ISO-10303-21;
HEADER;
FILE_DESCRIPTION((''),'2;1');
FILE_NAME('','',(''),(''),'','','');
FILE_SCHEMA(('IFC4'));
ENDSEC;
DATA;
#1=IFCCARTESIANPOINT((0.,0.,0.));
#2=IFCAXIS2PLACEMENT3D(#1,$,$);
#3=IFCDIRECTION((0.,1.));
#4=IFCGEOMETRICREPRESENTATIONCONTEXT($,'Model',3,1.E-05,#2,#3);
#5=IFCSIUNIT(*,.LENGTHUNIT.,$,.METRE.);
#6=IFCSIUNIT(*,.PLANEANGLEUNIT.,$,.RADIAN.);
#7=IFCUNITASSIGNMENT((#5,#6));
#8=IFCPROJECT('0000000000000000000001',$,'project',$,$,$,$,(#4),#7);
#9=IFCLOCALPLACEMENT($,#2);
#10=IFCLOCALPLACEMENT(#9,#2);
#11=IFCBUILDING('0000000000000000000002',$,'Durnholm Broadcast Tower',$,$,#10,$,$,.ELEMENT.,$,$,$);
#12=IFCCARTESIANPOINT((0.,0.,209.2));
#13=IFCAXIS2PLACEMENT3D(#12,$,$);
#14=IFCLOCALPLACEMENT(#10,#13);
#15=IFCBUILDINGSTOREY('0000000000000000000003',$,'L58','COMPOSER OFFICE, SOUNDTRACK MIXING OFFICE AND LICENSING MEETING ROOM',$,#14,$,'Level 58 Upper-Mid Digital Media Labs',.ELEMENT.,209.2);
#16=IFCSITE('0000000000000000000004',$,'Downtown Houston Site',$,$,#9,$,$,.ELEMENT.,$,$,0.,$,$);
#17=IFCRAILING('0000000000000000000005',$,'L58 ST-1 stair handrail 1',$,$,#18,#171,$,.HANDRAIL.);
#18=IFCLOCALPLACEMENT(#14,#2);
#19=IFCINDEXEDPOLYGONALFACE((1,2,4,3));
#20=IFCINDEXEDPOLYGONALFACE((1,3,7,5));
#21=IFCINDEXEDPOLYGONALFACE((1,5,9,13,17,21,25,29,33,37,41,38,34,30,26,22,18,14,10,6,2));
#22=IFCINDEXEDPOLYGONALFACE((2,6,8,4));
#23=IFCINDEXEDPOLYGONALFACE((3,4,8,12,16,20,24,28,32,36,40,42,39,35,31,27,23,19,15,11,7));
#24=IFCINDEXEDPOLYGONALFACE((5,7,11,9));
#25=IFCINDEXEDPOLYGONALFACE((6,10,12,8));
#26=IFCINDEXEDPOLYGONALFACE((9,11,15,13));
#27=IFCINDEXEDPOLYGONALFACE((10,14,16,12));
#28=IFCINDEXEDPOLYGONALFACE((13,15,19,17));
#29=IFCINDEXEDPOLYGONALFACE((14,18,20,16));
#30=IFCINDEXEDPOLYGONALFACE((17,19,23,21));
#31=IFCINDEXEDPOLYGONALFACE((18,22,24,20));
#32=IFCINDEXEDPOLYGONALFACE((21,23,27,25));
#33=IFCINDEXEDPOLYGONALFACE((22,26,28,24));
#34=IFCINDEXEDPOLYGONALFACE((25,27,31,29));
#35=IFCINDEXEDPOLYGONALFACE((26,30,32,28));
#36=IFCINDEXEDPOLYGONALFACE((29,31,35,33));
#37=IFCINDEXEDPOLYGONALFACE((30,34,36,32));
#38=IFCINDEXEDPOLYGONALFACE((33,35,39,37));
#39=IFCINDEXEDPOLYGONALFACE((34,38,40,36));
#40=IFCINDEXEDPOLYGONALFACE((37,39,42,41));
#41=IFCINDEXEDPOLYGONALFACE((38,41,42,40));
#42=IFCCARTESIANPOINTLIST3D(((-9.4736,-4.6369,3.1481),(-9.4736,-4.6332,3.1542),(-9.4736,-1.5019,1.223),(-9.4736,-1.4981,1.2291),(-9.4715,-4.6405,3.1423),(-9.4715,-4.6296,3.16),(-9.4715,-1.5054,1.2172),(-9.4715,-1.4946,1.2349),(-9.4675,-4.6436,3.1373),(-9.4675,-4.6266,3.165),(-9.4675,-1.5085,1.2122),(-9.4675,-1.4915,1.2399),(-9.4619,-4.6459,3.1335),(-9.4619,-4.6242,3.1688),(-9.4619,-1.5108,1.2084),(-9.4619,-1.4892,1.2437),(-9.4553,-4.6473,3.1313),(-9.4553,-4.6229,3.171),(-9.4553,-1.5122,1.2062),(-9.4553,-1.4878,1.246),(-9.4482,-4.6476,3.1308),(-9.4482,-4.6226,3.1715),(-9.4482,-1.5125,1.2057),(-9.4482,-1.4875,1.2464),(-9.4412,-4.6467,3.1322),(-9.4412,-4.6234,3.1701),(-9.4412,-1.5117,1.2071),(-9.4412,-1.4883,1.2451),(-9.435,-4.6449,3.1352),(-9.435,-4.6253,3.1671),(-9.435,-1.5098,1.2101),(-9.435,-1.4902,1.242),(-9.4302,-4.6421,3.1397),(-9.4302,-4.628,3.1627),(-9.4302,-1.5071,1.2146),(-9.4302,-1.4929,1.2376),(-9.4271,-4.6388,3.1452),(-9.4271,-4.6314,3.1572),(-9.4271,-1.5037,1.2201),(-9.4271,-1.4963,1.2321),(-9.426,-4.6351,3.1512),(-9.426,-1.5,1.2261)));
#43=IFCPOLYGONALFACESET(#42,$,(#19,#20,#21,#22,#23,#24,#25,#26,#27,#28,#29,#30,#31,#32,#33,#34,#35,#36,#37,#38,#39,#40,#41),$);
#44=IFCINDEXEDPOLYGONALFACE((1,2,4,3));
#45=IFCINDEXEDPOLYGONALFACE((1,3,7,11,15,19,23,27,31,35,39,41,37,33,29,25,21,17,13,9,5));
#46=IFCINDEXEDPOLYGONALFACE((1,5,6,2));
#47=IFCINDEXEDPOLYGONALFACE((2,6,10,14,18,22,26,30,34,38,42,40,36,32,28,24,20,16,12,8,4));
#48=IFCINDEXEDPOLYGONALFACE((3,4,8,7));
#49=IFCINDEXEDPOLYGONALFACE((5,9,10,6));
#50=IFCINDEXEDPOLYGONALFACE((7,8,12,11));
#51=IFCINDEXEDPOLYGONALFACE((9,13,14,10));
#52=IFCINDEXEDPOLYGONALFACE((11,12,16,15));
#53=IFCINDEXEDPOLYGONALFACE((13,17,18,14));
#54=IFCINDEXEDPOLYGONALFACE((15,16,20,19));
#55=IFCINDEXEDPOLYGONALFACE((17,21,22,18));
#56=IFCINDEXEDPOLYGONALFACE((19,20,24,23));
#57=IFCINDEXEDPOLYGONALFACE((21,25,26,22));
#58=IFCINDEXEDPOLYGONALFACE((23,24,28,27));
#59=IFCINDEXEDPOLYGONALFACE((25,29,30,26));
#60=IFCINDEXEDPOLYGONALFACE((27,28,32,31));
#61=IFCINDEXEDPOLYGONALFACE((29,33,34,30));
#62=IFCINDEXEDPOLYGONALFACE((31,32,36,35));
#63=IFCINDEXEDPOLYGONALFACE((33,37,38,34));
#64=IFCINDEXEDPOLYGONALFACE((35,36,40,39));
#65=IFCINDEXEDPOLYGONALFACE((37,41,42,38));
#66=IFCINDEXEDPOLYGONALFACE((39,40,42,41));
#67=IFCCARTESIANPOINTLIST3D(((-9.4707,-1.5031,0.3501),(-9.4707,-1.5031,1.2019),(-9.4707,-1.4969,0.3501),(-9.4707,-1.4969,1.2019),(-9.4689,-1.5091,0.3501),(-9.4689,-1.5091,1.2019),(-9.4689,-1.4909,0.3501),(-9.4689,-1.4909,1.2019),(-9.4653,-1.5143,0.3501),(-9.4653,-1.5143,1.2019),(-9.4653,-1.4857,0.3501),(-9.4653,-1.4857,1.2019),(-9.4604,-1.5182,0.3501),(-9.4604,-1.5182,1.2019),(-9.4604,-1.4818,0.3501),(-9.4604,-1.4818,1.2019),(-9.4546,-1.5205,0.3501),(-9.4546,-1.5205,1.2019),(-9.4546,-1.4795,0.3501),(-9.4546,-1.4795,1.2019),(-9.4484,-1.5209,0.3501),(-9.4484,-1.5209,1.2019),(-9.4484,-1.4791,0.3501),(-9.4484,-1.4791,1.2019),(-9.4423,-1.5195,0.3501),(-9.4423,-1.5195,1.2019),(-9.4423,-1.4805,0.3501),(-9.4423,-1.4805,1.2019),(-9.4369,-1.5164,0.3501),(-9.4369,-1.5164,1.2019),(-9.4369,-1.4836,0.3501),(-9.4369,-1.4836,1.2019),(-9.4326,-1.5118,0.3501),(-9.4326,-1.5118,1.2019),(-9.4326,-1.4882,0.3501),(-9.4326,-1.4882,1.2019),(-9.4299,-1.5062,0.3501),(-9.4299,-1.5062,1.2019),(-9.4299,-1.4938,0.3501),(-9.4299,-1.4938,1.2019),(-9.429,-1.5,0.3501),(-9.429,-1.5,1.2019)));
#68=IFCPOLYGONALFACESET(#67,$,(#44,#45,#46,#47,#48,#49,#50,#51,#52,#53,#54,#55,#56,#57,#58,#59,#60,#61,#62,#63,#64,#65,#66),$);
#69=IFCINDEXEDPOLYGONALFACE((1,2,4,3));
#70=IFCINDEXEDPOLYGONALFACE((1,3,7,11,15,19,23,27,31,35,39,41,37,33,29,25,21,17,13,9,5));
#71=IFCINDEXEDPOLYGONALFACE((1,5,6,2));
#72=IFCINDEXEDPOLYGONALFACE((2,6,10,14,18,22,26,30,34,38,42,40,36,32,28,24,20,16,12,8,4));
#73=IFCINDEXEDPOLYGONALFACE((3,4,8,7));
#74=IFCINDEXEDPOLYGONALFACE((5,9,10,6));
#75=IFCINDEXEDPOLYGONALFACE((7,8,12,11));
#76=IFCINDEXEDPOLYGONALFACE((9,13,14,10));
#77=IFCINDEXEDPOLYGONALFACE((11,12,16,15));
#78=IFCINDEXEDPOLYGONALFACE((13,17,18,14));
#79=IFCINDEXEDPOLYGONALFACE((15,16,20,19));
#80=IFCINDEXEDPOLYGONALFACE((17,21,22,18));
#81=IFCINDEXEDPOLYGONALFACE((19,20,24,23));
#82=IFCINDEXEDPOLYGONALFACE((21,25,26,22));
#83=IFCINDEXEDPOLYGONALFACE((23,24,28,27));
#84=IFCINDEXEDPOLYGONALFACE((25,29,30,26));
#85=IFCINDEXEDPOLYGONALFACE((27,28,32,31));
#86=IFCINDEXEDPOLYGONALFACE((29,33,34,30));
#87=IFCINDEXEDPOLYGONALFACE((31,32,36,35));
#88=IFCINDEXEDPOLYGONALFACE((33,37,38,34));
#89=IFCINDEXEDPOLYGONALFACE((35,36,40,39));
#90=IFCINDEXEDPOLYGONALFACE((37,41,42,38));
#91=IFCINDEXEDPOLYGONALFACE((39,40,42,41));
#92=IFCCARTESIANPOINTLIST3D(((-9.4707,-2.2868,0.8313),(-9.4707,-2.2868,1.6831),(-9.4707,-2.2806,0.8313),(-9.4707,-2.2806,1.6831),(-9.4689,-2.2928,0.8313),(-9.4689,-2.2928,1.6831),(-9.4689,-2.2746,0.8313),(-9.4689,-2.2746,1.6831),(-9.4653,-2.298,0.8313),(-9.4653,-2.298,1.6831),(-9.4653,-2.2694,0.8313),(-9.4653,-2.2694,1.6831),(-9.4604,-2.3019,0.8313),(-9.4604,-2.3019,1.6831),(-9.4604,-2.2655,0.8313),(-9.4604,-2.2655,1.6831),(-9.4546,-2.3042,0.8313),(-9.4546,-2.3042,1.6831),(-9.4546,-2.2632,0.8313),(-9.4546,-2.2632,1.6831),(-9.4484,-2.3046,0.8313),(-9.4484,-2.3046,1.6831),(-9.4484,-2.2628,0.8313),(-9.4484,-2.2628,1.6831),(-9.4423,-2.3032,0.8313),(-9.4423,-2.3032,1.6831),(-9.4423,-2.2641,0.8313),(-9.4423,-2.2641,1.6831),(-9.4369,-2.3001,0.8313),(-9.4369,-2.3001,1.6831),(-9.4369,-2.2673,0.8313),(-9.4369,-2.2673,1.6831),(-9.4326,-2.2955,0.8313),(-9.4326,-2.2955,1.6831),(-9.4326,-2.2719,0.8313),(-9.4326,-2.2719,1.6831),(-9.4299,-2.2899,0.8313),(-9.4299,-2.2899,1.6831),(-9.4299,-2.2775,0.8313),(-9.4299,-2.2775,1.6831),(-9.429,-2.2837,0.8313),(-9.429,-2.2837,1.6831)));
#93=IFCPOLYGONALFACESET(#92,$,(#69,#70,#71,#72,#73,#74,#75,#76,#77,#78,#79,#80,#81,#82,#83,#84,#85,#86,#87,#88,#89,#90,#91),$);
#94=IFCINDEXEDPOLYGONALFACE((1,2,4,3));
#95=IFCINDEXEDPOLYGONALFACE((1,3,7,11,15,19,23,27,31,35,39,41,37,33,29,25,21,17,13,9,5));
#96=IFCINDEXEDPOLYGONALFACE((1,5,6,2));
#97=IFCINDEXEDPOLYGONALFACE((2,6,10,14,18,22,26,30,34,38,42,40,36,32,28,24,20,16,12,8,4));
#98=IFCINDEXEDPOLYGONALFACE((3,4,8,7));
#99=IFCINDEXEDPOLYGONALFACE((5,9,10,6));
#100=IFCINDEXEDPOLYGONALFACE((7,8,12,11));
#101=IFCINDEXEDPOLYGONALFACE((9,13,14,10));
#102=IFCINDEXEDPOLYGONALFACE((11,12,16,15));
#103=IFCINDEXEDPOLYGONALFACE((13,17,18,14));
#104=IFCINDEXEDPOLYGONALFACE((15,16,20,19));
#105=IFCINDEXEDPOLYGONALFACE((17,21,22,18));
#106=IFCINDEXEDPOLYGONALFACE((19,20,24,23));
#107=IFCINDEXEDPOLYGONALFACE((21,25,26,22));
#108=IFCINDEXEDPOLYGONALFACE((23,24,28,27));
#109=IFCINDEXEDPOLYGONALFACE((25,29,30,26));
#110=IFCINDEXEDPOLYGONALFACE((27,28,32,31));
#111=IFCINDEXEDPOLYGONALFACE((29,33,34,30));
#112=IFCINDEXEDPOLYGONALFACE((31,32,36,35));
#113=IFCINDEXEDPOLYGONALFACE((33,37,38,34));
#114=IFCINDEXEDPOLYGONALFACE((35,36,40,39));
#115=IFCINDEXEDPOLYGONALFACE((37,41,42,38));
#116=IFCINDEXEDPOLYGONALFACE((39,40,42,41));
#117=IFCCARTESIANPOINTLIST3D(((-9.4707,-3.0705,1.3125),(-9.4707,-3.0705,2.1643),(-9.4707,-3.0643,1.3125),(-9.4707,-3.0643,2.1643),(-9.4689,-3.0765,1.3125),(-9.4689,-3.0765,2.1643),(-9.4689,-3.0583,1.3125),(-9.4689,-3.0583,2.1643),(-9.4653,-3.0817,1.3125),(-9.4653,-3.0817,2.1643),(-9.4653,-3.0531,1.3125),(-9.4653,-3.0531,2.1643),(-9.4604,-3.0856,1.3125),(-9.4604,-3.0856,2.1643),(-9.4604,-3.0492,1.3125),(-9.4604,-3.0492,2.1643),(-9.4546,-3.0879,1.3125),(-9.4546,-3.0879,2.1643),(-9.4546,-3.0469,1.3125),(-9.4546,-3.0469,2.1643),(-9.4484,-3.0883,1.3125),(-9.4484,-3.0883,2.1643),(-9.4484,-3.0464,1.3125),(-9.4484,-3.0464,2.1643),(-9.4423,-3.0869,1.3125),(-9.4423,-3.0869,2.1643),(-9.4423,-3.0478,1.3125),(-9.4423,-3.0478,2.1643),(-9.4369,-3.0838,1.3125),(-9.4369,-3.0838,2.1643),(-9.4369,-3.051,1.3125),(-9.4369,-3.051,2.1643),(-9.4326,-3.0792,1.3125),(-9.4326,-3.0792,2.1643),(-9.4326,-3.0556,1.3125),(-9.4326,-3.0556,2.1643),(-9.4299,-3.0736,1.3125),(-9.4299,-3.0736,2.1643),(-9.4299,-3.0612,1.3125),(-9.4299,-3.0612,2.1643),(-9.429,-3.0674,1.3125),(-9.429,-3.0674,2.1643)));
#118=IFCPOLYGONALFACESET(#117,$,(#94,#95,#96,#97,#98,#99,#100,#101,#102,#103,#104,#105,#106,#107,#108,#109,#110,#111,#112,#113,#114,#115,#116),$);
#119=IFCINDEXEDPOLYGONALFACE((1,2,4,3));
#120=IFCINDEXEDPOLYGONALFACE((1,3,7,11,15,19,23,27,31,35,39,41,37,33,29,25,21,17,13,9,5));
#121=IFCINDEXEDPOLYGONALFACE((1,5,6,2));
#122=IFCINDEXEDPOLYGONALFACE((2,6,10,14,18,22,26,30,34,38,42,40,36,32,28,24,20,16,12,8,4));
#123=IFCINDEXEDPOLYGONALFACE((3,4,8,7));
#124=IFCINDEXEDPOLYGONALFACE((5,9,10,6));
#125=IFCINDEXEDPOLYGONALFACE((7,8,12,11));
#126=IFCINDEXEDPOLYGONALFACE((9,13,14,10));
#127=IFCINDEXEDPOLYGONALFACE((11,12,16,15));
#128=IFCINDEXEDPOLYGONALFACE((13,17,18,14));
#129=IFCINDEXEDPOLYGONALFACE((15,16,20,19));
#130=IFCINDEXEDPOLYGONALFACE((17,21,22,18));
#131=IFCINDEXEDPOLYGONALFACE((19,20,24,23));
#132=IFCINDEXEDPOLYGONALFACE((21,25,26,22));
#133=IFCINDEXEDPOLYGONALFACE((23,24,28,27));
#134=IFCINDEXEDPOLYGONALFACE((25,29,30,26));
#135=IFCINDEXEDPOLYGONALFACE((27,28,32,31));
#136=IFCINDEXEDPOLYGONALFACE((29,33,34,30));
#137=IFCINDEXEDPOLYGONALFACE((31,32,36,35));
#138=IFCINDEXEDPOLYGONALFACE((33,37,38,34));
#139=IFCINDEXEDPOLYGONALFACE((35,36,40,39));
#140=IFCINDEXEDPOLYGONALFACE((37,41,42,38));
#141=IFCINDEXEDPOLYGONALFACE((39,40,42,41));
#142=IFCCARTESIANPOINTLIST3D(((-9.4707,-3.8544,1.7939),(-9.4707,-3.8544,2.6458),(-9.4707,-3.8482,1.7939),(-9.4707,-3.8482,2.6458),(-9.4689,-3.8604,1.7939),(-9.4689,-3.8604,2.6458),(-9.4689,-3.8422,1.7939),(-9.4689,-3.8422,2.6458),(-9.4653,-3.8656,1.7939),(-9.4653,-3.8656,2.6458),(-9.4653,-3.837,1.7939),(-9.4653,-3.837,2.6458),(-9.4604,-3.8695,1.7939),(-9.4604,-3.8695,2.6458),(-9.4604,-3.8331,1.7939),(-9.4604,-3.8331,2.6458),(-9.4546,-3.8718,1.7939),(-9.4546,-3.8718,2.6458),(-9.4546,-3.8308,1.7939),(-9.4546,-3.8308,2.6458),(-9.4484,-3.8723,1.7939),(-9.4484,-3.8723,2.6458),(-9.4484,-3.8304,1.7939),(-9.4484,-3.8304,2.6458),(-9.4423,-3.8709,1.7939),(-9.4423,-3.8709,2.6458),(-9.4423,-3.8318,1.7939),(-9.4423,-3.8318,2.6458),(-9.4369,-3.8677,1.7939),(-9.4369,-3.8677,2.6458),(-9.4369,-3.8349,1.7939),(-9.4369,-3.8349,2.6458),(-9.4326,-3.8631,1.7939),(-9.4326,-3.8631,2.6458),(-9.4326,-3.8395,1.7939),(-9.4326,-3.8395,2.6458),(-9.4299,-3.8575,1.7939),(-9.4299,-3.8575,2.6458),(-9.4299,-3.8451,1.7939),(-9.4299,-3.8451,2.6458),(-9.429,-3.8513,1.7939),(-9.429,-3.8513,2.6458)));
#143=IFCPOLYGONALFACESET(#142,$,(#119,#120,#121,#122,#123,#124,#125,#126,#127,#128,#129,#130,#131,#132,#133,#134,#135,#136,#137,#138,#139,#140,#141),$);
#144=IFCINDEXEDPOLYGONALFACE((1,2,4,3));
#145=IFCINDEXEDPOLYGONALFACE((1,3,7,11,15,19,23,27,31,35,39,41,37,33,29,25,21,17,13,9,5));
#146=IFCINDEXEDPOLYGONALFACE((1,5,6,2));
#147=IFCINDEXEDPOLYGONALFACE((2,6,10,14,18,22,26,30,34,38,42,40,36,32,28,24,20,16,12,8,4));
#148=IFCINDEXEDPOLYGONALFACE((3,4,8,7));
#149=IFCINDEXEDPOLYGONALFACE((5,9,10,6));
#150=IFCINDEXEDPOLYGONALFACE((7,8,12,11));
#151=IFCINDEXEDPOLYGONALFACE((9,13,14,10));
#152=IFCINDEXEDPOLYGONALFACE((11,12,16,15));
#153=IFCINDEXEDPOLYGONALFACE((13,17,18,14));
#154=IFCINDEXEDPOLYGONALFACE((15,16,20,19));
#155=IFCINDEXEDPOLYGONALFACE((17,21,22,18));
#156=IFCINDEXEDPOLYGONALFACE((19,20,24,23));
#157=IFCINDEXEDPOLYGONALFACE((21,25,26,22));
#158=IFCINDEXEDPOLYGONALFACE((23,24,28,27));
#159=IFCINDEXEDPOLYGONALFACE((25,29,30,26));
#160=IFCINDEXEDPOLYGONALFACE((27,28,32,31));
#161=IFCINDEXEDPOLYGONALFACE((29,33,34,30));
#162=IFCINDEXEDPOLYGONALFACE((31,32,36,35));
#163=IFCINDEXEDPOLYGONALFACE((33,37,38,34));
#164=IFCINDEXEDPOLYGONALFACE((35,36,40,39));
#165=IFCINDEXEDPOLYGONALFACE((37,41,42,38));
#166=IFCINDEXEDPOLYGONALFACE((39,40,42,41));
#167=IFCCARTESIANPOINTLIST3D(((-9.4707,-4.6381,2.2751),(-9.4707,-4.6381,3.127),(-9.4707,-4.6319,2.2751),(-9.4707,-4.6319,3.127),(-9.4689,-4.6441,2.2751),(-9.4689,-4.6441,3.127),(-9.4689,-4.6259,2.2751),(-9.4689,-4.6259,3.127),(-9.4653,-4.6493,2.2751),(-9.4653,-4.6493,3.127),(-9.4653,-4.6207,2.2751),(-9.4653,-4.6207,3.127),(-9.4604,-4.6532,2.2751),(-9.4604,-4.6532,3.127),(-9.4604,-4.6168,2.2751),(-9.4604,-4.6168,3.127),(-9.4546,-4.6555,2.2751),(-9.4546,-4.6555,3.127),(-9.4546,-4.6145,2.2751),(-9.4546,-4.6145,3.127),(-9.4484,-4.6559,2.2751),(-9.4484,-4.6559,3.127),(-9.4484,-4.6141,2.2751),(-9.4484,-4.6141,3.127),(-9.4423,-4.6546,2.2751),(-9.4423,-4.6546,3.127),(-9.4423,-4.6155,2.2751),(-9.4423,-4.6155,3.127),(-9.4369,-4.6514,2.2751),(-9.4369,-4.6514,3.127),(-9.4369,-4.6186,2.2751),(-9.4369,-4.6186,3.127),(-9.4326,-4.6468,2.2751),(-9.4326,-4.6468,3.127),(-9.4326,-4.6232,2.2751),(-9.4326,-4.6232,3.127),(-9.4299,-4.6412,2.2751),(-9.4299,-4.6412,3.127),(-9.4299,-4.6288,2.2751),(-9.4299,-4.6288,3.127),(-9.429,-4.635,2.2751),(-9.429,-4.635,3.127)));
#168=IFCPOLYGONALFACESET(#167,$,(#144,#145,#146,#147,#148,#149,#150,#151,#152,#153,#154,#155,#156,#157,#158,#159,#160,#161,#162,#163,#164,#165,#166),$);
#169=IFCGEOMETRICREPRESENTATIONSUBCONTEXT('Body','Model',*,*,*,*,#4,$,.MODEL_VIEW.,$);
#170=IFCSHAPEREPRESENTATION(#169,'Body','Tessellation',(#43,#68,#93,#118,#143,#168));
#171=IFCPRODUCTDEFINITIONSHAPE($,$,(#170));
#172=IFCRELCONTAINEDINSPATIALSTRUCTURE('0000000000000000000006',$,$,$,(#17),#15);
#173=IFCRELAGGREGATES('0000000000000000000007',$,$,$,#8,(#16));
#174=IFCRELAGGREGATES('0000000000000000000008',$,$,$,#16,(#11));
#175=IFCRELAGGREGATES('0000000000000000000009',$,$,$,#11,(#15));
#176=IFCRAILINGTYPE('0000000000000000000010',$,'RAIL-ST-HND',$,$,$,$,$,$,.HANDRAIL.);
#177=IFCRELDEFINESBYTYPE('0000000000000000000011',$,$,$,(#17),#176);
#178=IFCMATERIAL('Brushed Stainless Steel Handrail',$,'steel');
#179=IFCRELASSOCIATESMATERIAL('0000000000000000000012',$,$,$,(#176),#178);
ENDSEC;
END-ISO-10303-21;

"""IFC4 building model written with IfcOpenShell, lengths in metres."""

from ifc_helpers import new_model, si_unit, direction, frame, origin, origin_2d, place, context, subcontext, project, spatial, circle, extrude, material, type_object, element, save


model = new_model("IFC4")

# Units and contexts
model_context = context("Model", 3, precision=1e-05, world=origin(), true_north=direction((0.0, 1.0)))
body_context = subcontext(model_context, "Body", "Model", "MODEL_VIEW")
ifc_project = project(units=[si_unit("LENGTHUNIT", "METRE"), si_unit("PLANEANGLEUNIT", "RADIAN")], contexts=[model_context])

# Site, building, storey
site_placement = place(None, origin())
site = spatial("IfcSite", under=ifc_project, at=site_placement, Name="Downtown Houston Site", CompositionType="ELEMENT", RefElevation=0.0)
building_placement = place(site_placement, origin())
building = spatial("IfcBuilding", under=site, at=building_placement, Name="Durnholm Broadcast Tower", CompositionType="ELEMENT")
storey_placement = place(building_placement, frame((0.0, 0.0, 209.2)))
storey = spatial("IfcBuildingStorey", under=building, at=storey_placement, Name="L58", Description="COMPOSER OFFICE, SOUNDTRACK MIXING OFFICE AND LICENSING MEETING ROOM", LongName="Level 58 Upper-Mid Digital Media Labs", CompositionType="ELEMENT", Elevation=209.2)

# Railing
ifc_material_1 = material(Name="Brushed Stainless Steel Handrail", Category="steel")
railing_type = type_object("IfcRailingType", Name="RAIL-ST-HND", PredefinedType="HANDRAIL", material=ifc_material_1)
railing_placement = place(storey_placement, frame((-9.45, -1.5, 0.3501)))
element("IfcRailing", 1, at=railing_placement, inside=storey, type_object=railing_type, Name="L58 ST-1 stair handrail 1", PredefinedType="HANDRAIL", context=body_context, shape_type="SweptSolid", body=[
    extrude(circle(Radius=0.0239, at=origin_2d()), frame((0.0, 0.0, 0.876), z_axis=(0.0, -0.852166, 0.523271), x_axis=(1.0, 0.0, 0.0)), (0.0, 0.0, 1.0), 3.679),
    extrude(circle(Radius=0.021, at=origin_2d()), origin(), (0.0, 0.0, 1.0), 0.8518),
    extrude(circle(Radius=0.021, at=origin_2d()), frame((0.0, -0.7837, 0.4812)), (0.0, 0.0, 1.0), 0.8518),
    extrude(circle(Radius=0.021, at=origin_2d()), frame((0.0, -1.5674, 0.9624)), (0.0, 0.0, 1.0), 0.8518),
    extrude(circle(Radius=0.021, at=origin_2d()), frame((0.0, -2.3513, 1.4438)), (0.0, 0.0, 1.0), 0.8518),
    extrude(circle(Radius=0.021, at=origin_2d()), frame((0.0, -3.135, 1.925)), (0.0, 0.0, 1.0), 0.8518),
])

save(model, "model.ifc")
